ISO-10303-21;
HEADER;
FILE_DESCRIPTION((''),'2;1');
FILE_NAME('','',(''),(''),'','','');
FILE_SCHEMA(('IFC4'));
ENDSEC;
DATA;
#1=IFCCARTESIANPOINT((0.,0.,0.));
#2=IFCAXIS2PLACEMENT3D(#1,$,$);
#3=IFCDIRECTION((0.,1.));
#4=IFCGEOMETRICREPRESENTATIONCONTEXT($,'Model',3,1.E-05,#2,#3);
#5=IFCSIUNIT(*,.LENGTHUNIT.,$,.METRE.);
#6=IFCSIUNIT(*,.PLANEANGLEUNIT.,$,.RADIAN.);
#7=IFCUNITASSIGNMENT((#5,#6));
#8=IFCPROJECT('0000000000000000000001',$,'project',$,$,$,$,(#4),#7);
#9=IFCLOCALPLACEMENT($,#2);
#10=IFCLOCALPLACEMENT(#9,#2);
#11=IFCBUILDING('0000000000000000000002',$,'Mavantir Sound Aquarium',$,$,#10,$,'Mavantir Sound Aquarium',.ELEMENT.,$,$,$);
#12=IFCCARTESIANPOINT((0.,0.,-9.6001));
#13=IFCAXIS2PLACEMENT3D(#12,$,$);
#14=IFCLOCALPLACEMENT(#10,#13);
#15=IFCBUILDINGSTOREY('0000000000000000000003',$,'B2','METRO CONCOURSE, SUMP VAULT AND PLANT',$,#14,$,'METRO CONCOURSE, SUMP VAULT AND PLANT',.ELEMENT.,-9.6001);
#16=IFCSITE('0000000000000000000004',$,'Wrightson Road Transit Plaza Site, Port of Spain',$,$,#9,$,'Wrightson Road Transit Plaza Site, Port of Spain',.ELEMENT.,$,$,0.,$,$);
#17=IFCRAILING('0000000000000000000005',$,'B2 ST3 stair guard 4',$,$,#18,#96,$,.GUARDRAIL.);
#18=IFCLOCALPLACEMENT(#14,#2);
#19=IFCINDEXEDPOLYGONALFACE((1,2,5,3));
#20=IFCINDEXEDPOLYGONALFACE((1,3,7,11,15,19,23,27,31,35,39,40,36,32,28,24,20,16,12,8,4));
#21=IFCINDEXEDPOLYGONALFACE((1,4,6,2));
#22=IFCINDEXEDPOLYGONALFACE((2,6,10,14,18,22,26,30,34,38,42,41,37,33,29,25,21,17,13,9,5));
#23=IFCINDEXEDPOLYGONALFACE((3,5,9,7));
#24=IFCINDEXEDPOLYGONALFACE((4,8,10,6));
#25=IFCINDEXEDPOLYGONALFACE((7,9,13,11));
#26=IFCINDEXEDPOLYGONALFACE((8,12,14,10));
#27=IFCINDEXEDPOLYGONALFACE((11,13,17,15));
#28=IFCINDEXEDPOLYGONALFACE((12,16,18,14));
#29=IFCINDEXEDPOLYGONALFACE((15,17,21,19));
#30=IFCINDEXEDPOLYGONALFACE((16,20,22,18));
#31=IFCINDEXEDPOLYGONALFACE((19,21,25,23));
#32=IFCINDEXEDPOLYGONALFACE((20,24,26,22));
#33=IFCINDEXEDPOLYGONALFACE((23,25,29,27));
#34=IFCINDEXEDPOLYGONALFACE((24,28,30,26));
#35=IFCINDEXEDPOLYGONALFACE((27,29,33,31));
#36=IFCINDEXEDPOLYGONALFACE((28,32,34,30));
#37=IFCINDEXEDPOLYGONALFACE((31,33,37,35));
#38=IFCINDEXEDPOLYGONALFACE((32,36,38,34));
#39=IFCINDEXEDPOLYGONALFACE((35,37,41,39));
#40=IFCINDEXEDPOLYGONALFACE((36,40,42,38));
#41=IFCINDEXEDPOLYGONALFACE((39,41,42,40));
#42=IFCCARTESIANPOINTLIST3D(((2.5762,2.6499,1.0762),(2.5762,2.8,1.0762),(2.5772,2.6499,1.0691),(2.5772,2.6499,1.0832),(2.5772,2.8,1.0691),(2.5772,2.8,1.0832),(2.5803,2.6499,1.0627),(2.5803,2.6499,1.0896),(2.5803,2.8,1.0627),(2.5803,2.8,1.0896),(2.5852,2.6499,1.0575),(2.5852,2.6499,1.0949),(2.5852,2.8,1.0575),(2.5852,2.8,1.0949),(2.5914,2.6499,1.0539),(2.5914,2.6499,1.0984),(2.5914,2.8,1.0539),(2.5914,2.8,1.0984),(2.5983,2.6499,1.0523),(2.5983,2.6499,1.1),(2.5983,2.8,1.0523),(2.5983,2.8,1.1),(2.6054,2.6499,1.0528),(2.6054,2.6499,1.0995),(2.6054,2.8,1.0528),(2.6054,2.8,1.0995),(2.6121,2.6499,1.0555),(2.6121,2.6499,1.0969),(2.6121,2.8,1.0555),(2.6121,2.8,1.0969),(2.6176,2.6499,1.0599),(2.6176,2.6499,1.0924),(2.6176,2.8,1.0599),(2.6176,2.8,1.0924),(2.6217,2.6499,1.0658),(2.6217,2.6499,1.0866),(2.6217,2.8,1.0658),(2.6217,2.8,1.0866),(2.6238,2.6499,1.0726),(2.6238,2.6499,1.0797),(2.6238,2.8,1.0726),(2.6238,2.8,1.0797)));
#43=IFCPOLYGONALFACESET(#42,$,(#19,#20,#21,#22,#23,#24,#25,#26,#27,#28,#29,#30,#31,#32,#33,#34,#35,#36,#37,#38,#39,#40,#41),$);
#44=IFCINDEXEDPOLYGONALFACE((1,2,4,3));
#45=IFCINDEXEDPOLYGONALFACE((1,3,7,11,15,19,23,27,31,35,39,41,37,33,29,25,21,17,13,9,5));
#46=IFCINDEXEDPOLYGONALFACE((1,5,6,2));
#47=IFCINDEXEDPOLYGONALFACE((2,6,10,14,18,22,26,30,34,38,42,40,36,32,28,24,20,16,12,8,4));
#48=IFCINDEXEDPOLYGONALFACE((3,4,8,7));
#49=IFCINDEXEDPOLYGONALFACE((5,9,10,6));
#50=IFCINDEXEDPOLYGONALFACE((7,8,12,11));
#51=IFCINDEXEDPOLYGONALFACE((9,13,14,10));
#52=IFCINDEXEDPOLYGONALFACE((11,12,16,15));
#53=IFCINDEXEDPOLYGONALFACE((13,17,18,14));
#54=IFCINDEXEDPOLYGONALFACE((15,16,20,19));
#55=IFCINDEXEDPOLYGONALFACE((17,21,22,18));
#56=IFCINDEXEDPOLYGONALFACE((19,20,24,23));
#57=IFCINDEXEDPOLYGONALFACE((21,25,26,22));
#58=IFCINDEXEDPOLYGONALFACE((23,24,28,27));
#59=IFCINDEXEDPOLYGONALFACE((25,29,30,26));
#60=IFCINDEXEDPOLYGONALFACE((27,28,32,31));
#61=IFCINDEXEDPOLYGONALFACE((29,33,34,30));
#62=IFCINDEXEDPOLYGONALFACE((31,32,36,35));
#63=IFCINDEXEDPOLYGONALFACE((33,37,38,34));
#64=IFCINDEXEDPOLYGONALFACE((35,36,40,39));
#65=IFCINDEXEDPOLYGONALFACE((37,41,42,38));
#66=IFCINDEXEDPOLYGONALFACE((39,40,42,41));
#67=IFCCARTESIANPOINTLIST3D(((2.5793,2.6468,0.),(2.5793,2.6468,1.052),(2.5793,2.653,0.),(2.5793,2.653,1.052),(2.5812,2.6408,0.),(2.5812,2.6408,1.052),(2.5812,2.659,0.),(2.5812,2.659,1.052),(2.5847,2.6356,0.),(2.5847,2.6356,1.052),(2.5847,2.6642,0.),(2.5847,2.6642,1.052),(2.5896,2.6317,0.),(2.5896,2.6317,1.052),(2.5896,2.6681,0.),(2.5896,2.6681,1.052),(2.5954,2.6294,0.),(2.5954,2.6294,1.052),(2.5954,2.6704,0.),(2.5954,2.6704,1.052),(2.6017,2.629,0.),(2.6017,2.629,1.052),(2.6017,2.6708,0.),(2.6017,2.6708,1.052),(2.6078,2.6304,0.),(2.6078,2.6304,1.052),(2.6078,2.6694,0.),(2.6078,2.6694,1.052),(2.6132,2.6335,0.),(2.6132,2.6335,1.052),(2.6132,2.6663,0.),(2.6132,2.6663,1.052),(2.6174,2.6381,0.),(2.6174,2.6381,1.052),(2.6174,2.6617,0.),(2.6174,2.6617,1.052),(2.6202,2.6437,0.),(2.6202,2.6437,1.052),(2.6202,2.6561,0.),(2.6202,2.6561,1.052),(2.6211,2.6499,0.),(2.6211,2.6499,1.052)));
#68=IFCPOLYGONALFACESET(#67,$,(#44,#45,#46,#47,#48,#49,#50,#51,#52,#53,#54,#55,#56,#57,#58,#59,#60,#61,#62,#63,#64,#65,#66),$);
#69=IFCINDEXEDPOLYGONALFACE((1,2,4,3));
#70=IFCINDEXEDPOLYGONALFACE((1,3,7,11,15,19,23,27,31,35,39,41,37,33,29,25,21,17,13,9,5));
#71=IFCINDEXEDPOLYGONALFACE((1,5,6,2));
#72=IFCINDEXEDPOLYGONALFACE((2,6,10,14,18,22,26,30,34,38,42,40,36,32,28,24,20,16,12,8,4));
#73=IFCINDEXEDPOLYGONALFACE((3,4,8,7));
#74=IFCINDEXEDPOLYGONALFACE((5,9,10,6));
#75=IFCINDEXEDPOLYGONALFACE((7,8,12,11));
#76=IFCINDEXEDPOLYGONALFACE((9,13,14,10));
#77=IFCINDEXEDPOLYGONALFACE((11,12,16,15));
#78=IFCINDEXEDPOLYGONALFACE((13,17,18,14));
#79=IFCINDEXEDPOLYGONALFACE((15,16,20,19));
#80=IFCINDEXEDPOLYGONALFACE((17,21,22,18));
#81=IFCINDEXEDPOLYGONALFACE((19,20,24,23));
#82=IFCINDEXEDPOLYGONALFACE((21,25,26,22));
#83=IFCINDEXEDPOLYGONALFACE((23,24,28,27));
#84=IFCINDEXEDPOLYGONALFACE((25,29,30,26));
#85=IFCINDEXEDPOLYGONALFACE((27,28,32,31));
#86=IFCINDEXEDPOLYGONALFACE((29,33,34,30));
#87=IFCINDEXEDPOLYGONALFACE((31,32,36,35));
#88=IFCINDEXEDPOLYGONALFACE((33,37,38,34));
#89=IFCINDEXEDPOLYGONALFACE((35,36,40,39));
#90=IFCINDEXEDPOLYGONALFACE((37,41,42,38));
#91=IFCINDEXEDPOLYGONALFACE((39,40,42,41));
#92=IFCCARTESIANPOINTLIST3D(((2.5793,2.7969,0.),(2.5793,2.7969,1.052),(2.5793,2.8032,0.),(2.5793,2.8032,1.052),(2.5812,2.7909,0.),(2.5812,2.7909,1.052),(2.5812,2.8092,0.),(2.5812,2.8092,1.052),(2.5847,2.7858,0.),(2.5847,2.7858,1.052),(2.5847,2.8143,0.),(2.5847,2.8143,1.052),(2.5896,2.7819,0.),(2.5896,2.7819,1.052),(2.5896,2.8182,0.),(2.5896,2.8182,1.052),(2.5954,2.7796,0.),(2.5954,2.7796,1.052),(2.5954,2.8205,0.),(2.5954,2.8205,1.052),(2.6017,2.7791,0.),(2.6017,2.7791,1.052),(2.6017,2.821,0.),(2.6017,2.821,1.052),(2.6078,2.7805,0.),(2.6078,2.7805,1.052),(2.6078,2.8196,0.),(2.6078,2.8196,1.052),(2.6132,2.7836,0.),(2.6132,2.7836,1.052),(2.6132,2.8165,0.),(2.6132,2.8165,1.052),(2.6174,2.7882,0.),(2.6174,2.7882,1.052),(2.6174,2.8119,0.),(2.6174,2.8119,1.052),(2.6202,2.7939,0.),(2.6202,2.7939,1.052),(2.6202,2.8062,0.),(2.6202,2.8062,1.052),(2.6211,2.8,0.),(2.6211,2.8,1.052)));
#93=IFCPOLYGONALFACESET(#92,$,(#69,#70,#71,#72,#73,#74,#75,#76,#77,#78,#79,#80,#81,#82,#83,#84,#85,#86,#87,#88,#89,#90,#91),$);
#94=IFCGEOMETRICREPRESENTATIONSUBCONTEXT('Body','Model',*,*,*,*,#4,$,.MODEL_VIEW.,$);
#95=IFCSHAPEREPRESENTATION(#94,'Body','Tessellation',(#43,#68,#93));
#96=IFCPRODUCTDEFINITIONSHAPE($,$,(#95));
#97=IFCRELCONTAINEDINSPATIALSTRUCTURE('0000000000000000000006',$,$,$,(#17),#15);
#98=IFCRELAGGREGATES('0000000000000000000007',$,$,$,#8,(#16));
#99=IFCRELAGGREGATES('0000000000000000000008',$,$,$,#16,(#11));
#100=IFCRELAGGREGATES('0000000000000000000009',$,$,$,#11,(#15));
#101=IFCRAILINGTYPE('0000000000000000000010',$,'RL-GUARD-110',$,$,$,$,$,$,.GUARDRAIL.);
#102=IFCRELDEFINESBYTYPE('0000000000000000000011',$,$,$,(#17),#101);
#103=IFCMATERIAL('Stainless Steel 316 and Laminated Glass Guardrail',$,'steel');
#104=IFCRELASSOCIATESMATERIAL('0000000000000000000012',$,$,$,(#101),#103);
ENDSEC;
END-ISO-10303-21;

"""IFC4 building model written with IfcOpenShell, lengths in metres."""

from ifc_helpers import new_model, si_unit, direction, frame, origin, origin_2d, place, context, subcontext, project, spatial, circle, extrude, material, type_object, element, save


model = new_model("IFC4")

# Units and contexts
model_context = context("Model", 3, precision=1e-05, world=origin(), true_north=direction((0.0, 1.0)))
body_context = subcontext(model_context, "Body", "Model", "MODEL_VIEW")
ifc_project = project(units=[si_unit("LENGTHUNIT", "METRE"), si_unit("PLANEANGLEUNIT", "RADIAN")], contexts=[model_context])

# Site, building, storey
site_placement = place(None, origin())
site = spatial("IfcSite", under=ifc_project, at=site_placement, Name="Wrightson Road Transit Plaza Site, Port of Spain", LongName="Wrightson Road Transit Plaza Site, Port of Spain", CompositionType="ELEMENT", RefElevation=0.0)
building_placement = place(site_placement, origin())
building = spatial("IfcBuilding", under=site, at=building_placement, Name="Mavantir Sound Aquarium", LongName="Mavantir Sound Aquarium", CompositionType="ELEMENT")
storey_placement = place(building_placement, frame((0.0, 0.0, -9.6001)))
storey = spatial("IfcBuildingStorey", under=building, at=storey_placement, Name="B2", Description="METRO CONCOURSE, SUMP VAULT AND PLANT", LongName="METRO CONCOURSE, SUMP VAULT AND PLANT", CompositionType="ELEMENT", Elevation=-9.6001)

# Railing
ifc_material_1 = material(Name="Stainless Steel 316 and Laminated Glass Guardrail", Category="steel")
railing_type_1 = type_object("IfcRailingType", Name="RL-GUARD-110", PredefinedType="GUARDRAIL", material=ifc_material_1)
railing_1_placement = place(storey_placement, frame((2.6001, 2.6499, 0.0)))
element("IfcRailing", 1, at=railing_1_placement, inside=storey, type_object=railing_type_1, Name="B2 ST3 stair guard 4", PredefinedType="GUARDRAIL", context=body_context, shape_type="SweptSolid", body=[
    extrude(circle(Radius=0.0239, at=origin_2d()), frame((0.0, 0.0, 1.0762), z_axis=(0.0, 1.0, 0.0), x_axis=(-1.0, 0.0, 0.0)), (0.0, 0.0, 1.0), 0.1501),
    extrude(circle(Radius=0.021, at=origin_2d()), origin(), (0.0, 0.0, 1.0), 1.052),
    extrude(circle(Radius=0.021, at=origin_2d()), frame((0.0, 0.1501, 0.0)), (0.0, 0.0, 1.0), 1.052),
])

save(model, "model.ifc")
